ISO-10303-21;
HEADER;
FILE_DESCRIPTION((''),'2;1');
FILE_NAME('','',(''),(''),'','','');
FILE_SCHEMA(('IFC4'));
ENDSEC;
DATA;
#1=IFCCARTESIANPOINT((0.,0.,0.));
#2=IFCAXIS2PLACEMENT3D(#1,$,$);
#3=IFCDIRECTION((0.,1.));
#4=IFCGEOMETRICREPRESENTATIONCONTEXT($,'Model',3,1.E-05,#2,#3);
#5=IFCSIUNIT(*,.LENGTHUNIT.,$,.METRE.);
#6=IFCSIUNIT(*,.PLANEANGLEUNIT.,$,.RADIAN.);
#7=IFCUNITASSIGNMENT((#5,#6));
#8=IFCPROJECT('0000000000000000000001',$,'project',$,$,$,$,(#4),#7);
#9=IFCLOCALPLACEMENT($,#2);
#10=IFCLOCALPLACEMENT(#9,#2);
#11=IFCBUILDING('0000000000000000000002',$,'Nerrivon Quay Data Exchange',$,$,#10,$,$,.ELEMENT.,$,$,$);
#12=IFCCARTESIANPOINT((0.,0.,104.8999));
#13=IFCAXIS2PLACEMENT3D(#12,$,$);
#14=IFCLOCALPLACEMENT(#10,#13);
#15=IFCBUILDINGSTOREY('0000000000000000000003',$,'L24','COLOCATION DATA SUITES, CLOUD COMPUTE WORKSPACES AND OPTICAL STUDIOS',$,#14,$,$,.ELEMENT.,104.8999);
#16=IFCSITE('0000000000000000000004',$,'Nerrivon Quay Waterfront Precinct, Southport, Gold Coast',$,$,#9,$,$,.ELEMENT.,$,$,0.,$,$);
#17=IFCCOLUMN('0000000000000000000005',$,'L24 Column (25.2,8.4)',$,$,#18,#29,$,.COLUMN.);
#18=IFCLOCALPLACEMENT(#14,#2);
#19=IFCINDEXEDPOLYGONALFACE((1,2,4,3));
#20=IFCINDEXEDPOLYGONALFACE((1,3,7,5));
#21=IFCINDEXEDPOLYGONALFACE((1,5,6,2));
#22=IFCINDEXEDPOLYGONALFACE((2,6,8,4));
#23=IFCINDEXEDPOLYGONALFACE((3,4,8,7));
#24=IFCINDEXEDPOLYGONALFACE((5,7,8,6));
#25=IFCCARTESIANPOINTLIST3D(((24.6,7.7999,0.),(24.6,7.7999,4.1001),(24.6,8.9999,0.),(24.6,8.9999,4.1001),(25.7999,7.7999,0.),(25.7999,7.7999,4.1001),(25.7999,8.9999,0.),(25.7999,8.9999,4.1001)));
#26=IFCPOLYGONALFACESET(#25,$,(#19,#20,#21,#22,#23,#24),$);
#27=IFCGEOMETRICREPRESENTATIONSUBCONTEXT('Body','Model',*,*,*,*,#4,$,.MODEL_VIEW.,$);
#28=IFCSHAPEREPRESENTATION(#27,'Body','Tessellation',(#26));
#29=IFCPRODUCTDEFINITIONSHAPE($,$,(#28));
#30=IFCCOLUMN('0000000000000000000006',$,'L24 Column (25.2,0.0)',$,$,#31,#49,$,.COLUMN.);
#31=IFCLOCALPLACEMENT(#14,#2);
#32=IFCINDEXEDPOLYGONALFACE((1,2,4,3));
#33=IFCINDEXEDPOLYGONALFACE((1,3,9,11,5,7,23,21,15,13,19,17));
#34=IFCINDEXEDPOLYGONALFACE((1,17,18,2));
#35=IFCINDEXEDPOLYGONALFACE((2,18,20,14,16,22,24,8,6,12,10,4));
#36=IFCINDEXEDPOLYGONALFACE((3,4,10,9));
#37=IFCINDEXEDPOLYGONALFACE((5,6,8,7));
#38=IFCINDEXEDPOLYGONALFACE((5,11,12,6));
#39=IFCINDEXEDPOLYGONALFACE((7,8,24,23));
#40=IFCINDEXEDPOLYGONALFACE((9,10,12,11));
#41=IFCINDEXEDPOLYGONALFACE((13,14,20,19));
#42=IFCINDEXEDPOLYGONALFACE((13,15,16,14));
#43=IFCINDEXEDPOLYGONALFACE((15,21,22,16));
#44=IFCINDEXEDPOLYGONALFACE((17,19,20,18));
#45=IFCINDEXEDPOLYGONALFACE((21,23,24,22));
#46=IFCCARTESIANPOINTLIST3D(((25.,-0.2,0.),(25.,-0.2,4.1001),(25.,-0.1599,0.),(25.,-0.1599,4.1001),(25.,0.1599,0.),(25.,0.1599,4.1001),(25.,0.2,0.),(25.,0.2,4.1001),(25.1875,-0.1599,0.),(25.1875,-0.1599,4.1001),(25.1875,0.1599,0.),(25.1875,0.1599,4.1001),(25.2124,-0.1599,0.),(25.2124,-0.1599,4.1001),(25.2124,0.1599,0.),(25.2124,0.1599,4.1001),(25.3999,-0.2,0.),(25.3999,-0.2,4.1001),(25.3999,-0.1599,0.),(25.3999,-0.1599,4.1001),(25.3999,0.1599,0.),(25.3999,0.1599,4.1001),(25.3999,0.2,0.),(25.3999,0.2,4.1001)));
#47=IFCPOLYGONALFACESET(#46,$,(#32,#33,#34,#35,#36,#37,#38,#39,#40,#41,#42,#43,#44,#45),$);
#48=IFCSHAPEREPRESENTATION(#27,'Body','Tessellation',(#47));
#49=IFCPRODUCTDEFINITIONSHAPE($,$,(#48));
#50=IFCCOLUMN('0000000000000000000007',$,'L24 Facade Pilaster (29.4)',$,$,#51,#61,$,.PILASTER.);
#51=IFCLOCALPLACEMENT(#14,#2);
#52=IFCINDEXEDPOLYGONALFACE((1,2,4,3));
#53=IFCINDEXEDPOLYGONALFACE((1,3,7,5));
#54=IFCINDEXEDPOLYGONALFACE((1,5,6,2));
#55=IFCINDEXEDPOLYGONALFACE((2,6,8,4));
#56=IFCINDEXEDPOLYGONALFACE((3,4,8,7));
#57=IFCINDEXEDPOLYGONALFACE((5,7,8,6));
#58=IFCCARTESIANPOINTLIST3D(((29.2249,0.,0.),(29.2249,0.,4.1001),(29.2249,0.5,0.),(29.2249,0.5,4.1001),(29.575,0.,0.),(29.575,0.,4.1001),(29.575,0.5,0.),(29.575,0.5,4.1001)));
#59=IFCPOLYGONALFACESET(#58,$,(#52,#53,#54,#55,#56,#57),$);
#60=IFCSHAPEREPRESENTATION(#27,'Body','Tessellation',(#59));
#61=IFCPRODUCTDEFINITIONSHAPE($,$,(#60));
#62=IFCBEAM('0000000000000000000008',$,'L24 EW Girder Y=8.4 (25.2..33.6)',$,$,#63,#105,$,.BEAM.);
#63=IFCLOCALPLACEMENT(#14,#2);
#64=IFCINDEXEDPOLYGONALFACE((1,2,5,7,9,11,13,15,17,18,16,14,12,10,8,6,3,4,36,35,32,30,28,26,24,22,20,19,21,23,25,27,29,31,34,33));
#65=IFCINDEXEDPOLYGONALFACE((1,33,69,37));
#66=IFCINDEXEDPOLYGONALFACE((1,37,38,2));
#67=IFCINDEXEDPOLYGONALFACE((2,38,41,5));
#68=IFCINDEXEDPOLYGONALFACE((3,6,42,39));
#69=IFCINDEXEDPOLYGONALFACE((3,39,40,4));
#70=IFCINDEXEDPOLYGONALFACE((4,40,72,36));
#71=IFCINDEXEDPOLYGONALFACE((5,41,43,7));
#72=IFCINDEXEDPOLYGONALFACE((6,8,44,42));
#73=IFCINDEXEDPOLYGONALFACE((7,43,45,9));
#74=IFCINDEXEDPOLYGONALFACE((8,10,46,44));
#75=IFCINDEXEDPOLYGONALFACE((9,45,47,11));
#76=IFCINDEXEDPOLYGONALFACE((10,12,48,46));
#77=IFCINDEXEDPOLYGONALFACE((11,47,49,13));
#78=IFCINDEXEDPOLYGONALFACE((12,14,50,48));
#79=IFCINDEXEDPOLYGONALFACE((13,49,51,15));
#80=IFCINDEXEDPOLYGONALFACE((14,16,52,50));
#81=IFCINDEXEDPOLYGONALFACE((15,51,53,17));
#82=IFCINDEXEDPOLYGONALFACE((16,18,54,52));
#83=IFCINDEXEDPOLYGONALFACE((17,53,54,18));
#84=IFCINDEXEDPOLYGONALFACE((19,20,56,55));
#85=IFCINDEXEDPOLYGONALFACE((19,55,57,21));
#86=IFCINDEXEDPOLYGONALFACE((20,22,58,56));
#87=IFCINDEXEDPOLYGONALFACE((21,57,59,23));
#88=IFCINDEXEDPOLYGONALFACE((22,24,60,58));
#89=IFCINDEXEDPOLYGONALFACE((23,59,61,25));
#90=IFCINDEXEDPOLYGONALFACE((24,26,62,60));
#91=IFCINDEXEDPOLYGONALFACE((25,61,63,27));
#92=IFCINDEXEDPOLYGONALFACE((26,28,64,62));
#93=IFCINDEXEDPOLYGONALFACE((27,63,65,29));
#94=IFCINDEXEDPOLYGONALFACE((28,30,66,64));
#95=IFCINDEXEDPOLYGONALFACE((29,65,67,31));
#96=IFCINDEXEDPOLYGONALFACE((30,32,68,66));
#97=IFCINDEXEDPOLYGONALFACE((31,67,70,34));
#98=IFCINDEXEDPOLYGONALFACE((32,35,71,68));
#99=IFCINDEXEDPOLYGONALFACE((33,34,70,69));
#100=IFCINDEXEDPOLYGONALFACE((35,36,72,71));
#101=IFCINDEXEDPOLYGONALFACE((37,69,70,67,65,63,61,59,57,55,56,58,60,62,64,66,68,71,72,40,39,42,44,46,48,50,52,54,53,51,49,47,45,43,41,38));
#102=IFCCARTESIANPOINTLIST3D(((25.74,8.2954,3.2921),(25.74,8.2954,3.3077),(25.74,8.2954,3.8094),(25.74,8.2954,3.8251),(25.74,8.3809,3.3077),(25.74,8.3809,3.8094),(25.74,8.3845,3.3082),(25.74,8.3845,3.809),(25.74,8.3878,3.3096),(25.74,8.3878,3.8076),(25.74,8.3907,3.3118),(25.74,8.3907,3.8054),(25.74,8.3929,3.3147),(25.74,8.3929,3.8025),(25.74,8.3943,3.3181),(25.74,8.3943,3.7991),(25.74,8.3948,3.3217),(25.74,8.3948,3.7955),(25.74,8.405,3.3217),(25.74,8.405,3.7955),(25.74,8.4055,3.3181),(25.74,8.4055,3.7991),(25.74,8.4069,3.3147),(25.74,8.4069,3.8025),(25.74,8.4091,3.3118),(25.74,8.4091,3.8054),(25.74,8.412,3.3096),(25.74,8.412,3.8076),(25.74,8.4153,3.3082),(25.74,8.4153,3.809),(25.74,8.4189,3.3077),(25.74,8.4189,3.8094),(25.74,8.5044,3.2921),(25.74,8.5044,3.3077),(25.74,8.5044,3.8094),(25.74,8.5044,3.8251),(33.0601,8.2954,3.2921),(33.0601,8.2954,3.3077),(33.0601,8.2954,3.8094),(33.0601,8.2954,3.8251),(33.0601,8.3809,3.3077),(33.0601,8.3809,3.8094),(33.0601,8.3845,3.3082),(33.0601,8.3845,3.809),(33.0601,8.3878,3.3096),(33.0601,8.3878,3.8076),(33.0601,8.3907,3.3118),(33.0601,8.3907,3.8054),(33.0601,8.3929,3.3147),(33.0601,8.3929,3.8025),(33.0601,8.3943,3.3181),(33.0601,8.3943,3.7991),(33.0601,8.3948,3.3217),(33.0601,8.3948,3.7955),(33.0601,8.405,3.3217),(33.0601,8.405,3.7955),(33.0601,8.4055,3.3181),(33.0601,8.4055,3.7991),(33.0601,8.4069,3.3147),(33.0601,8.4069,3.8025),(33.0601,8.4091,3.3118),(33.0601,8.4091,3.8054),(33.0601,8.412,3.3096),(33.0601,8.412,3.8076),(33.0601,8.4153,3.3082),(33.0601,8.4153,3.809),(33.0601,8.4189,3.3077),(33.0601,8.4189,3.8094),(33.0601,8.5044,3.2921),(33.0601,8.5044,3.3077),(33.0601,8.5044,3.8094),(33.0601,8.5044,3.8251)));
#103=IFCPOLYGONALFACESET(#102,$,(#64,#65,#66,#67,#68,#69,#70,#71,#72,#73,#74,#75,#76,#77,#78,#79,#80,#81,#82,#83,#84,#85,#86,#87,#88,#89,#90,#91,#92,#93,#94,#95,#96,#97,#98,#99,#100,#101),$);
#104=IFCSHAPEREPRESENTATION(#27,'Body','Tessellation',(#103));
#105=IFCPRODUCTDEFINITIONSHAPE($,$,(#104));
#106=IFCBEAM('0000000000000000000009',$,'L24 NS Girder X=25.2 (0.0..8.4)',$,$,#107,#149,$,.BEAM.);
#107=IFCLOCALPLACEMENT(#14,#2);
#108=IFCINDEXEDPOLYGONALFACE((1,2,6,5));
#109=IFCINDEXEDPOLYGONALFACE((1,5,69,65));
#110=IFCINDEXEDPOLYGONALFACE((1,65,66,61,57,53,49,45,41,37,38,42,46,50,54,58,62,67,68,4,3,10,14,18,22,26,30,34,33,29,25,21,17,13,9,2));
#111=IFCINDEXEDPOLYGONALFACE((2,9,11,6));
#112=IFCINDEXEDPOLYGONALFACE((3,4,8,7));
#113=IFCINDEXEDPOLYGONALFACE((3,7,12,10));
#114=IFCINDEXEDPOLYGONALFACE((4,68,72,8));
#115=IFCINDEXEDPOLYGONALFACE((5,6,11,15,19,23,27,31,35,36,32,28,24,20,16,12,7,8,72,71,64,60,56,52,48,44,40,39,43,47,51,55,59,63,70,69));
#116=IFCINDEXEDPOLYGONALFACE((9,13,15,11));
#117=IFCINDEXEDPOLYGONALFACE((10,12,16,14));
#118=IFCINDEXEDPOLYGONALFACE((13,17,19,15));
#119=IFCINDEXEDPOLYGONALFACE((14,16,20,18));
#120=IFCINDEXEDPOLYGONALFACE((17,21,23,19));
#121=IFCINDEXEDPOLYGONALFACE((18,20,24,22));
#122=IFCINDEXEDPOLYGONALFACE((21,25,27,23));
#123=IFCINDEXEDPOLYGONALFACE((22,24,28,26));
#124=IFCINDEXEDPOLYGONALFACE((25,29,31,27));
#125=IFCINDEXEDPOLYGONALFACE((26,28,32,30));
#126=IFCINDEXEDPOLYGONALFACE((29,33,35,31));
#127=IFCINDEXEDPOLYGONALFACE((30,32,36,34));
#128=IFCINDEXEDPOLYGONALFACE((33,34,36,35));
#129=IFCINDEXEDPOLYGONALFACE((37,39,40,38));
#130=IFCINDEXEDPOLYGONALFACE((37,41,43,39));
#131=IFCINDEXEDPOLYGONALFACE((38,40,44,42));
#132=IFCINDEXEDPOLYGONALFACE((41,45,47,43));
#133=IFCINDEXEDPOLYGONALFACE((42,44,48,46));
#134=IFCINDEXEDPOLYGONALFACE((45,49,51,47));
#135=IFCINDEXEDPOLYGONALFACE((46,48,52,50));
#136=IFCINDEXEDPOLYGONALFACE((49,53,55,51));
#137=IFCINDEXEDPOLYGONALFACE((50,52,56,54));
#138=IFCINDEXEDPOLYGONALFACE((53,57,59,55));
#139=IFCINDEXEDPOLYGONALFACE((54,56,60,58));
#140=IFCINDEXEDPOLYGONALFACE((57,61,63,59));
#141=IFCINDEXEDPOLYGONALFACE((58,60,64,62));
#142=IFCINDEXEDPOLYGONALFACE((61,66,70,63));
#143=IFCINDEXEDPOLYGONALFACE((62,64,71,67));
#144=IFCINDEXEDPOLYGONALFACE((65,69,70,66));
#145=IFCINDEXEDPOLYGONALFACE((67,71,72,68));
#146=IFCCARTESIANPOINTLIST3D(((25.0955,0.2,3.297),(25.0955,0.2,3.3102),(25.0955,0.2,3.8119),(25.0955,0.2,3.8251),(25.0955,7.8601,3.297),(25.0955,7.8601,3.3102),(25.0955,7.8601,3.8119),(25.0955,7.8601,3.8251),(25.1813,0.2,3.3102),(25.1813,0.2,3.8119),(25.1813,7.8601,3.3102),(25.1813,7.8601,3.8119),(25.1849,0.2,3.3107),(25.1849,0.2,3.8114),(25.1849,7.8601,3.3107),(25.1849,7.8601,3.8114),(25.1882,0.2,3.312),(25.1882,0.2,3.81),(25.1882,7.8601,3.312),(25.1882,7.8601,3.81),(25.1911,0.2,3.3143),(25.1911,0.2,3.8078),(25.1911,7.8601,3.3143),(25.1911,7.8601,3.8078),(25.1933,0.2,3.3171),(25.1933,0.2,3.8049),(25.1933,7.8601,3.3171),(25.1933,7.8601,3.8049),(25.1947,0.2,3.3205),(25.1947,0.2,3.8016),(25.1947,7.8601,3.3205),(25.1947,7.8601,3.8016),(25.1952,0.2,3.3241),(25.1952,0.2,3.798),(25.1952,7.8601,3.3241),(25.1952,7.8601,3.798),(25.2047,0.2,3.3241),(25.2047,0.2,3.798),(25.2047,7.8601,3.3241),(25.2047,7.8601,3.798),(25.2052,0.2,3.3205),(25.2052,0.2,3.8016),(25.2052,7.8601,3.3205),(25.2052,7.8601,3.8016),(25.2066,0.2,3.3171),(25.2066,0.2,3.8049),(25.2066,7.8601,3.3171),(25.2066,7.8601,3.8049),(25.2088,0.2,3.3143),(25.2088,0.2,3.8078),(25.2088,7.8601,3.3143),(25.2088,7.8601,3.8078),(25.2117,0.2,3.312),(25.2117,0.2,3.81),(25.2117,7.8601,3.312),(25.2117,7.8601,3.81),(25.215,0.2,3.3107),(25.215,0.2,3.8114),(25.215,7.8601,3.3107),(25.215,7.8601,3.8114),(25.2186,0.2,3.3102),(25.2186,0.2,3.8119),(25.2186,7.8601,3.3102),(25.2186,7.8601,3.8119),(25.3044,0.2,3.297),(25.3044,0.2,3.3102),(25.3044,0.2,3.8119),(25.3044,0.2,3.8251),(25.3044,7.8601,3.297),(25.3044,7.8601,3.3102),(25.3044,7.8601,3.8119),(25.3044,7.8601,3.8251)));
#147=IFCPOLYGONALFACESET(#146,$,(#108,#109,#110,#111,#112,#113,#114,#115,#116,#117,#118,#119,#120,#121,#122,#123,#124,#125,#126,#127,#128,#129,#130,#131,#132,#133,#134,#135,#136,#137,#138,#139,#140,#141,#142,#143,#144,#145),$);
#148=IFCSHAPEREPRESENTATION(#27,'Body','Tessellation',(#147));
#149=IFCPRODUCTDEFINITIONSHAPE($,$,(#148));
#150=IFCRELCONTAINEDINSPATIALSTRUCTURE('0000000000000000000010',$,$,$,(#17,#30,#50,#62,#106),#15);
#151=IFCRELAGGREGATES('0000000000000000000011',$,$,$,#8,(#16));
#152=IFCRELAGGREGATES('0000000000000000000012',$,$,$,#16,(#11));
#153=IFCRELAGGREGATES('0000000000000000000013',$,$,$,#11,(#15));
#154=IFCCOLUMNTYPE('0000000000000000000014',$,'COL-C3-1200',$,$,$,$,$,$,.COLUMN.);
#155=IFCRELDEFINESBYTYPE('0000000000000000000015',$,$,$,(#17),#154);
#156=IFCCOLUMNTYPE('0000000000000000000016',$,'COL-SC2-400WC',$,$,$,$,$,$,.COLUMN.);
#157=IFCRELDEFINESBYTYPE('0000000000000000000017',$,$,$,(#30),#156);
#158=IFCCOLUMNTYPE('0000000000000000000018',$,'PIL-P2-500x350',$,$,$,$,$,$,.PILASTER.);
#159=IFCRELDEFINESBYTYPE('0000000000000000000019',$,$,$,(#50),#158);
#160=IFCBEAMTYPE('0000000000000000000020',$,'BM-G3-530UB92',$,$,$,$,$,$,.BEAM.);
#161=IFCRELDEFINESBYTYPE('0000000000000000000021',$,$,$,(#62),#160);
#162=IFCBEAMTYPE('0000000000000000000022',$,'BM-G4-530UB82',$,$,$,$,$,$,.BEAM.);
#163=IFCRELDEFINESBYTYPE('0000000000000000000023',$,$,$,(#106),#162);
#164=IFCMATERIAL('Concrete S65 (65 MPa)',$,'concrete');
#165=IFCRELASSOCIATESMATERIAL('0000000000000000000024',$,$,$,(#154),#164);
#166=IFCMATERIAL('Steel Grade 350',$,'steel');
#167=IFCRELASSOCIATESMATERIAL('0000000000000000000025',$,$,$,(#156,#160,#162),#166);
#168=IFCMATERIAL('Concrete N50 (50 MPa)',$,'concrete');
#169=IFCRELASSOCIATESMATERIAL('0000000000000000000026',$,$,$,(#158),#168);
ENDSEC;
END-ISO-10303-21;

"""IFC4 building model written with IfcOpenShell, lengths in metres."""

from ifc_helpers import new_model, si_unit, direction, frame, origin, origin_2d, place, context, subcontext, project, spatial, rectangle, i_section, extrude, material, material_profile, profile_set, type_object, element, save


model = new_model("IFC4")

# Units and contexts
model_context = context("Model", 3, precision=1e-05, world=origin(), true_north=direction((0.0, 1.0)))
body_context = subcontext(model_context, "Body", "Model", "MODEL_VIEW")
ifc_project = project(units=[si_unit("LENGTHUNIT", "METRE"), si_unit("PLANEANGLEUNIT", "RADIAN")], contexts=[model_context])

# Site, building, storey
site_placement = place(None, origin())
site = spatial("IfcSite", under=ifc_project, at=site_placement, Name="Nerrivon Quay Waterfront Precinct, Southport, Gold Coast", CompositionType="ELEMENT", RefElevation=0.0)
building_placement = place(site_placement, origin())
building = spatial("IfcBuilding", under=site, at=building_placement, Name="Nerrivon Quay Data Exchange", CompositionType="ELEMENT")
storey_placement = place(building_placement, frame((0.0, 0.0, 104.8999)))
storey = spatial("IfcBuildingStorey", under=building, at=storey_placement, Name="L24", Description="COLOCATION DATA SUITES, CLOUD COMPUTE WORKSPACES AND OPTICAL STUDIOS", CompositionType="ELEMENT", Elevation=104.8999)

# Columns
ifc_material_1 = material(Name="Concrete S65 (65 MPa)", Category="concrete")
ifc_material_profile_1 = material_profile(ifc_material_1, rectangle(XDim=1.2, YDim=1.2, at=origin_2d()), Name="RC-COL-1200x1200")
ifc_profile_set_1 = profile_set([ifc_material_profile_1], Name="Concrete S65 (65 MPa)")
column_type_1 = type_object("IfcColumnType", Name="COL-C3-1200", PredefinedType="COLUMN", material=ifc_profile_set_1)
column_1_placement = place(storey_placement, frame((25.2, 8.3999, 0.0), z_axis=(0.0, 0.0, 1.0), x_axis=(1.0, 0.0, 0.0)))
element("IfcColumn", 1, at=column_1_placement, inside=storey, type_object=column_type_1, Name="L24 Column (25.2,8.4)", PredefinedType="COLUMN", context=body_context, shape_type="SweptSolid", body=[
    extrude(rectangle(XDim=1.2, YDim=1.2, at=origin_2d()), origin(), (0.0, 0.0, 1.0), 4.1001),
])
ifc_material_2 = material(Name="Steel Grade 350", Category="steel")
ifc_material_profile_2 = material_profile(ifc_material_2, i_section(OverallWidth=0.3999, OverallDepth=0.3999, WebThickness=0.0249, FlangeThickness=0.04, at=origin_2d()), Name="400WC328")
ifc_profile_set_2 = profile_set([ifc_material_profile_2], Name="Steel Grade 350")
column_type_2 = type_object("IfcColumnType", Name="COL-SC2-400WC", PredefinedType="COLUMN", material=ifc_profile_set_2)
column_2_placement = place(storey_placement, frame((25.2, 0.0, 0.0), z_axis=(0.0, 0.0, 1.0), x_axis=(1.0, 0.0, 0.0)))
element("IfcColumn", 2, at=column_2_placement, inside=storey, type_object=column_type_2, Name="L24 Column (25.2,0.0)", PredefinedType="COLUMN", context=body_context, shape_type="SweptSolid", body=[
    extrude(i_section(OverallWidth=0.3999, OverallDepth=0.3999, WebThickness=0.0249, FlangeThickness=0.04, at=origin_2d()), origin(), (0.0, 0.0, 1.0), 4.1001),
])
ifc_material_3 = material(Name="Concrete N50 (50 MPa)", Category="concrete")
ifc_material_profile_3 = material_profile(ifc_material_3, rectangle(XDim=0.3501, YDim=0.5, at=origin_2d()), Name="RC-PIL-500x350")
ifc_profile_set_3 = profile_set([ifc_material_profile_3], Name="Concrete N50 (50 MPa)")
column_type_3 = type_object("IfcColumnType", Name="PIL-P2-500x350", PredefinedType="PILASTER", material=ifc_profile_set_3)
column_3_placement = place(storey_placement, frame((29.3999, 0.25, 0.0), z_axis=(0.0, 0.0, 1.0), x_axis=(1.0, 0.0, 0.0)))
element("IfcColumn", 3, at=column_3_placement, inside=storey, type_object=column_type_3, Name="L24 Facade Pilaster (29.4)", PredefinedType="PILASTER", context=body_context, shape_type="SweptSolid", body=[
    extrude(rectangle(XDim=0.3501, YDim=0.5, at=origin_2d()), origin(), (0.0, 0.0, 1.0), 4.1001),
])

# Beams
ifc_material_profile_4 = material_profile(ifc_material_2, i_section(OverallWidth=0.209, OverallDepth=0.533, WebThickness=0.0103, FlangeThickness=0.0156, FilletRadius=0.0139, at=origin_2d()), Name="530UB92.4")
ifc_profile_set_4 = profile_set([ifc_material_profile_4], Name="Steel Grade 350")
beam_type_1 = type_object("IfcBeamType", Name="BM-G3-530UB92", PredefinedType="BEAM", material=ifc_profile_set_4)
beam_1_placement = place(storey_placement, frame((25.74, 8.3999, 3.5586), z_axis=(1.0, 0.0, 0.0), x_axis=(0.0, 1.0, 0.0)))
element("IfcBeam", 4, at=beam_1_placement, inside=storey, type_object=beam_type_1, Name="L24 EW Girder Y=8.4 (25.2..33.6)", PredefinedType="BEAM", context=body_context, shape_type="SweptSolid", body=[
    extrude(i_section(OverallWidth=0.209, OverallDepth=0.533, WebThickness=0.0103, FlangeThickness=0.0156, FilletRadius=0.0139, at=origin_2d()), origin(), (0.0, 0.0, 1.0), 7.3201),
])
ifc_material_profile_5 = material_profile(ifc_material_2, i_section(OverallWidth=0.209, OverallDepth=0.5281, WebThickness=0.0095, FlangeThickness=0.0132, FilletRadius=0.0139, at=origin_2d()), Name="530UB82.0")
ifc_profile_set_5 = profile_set([ifc_material_profile_5], Name="Steel Grade 350")
beam_type_2 = type_object("IfcBeamType", Name="BM-G4-530UB82", PredefinedType="BEAM", material=ifc_profile_set_5)
beam_2_placement = place(storey_placement, frame((25.2, 0.2, 3.561), z_axis=(0.0, 1.0, 0.0), x_axis=(-1.0, 0.0, 0.0)))
element("IfcBeam", 5, at=beam_2_placement, inside=storey, type_object=beam_type_2, Name="L24 NS Girder X=25.2 (0.0..8.4)", PredefinedType="BEAM", context=body_context, shape_type="SweptSolid", body=[
    extrude(i_section(OverallWidth=0.209, OverallDepth=0.5281, WebThickness=0.0095, FlangeThickness=0.0132, FilletRadius=0.0139, at=origin_2d()), origin(), (0.0, 0.0, 1.0), 7.6602),
])

save(model, "model.ifc")
